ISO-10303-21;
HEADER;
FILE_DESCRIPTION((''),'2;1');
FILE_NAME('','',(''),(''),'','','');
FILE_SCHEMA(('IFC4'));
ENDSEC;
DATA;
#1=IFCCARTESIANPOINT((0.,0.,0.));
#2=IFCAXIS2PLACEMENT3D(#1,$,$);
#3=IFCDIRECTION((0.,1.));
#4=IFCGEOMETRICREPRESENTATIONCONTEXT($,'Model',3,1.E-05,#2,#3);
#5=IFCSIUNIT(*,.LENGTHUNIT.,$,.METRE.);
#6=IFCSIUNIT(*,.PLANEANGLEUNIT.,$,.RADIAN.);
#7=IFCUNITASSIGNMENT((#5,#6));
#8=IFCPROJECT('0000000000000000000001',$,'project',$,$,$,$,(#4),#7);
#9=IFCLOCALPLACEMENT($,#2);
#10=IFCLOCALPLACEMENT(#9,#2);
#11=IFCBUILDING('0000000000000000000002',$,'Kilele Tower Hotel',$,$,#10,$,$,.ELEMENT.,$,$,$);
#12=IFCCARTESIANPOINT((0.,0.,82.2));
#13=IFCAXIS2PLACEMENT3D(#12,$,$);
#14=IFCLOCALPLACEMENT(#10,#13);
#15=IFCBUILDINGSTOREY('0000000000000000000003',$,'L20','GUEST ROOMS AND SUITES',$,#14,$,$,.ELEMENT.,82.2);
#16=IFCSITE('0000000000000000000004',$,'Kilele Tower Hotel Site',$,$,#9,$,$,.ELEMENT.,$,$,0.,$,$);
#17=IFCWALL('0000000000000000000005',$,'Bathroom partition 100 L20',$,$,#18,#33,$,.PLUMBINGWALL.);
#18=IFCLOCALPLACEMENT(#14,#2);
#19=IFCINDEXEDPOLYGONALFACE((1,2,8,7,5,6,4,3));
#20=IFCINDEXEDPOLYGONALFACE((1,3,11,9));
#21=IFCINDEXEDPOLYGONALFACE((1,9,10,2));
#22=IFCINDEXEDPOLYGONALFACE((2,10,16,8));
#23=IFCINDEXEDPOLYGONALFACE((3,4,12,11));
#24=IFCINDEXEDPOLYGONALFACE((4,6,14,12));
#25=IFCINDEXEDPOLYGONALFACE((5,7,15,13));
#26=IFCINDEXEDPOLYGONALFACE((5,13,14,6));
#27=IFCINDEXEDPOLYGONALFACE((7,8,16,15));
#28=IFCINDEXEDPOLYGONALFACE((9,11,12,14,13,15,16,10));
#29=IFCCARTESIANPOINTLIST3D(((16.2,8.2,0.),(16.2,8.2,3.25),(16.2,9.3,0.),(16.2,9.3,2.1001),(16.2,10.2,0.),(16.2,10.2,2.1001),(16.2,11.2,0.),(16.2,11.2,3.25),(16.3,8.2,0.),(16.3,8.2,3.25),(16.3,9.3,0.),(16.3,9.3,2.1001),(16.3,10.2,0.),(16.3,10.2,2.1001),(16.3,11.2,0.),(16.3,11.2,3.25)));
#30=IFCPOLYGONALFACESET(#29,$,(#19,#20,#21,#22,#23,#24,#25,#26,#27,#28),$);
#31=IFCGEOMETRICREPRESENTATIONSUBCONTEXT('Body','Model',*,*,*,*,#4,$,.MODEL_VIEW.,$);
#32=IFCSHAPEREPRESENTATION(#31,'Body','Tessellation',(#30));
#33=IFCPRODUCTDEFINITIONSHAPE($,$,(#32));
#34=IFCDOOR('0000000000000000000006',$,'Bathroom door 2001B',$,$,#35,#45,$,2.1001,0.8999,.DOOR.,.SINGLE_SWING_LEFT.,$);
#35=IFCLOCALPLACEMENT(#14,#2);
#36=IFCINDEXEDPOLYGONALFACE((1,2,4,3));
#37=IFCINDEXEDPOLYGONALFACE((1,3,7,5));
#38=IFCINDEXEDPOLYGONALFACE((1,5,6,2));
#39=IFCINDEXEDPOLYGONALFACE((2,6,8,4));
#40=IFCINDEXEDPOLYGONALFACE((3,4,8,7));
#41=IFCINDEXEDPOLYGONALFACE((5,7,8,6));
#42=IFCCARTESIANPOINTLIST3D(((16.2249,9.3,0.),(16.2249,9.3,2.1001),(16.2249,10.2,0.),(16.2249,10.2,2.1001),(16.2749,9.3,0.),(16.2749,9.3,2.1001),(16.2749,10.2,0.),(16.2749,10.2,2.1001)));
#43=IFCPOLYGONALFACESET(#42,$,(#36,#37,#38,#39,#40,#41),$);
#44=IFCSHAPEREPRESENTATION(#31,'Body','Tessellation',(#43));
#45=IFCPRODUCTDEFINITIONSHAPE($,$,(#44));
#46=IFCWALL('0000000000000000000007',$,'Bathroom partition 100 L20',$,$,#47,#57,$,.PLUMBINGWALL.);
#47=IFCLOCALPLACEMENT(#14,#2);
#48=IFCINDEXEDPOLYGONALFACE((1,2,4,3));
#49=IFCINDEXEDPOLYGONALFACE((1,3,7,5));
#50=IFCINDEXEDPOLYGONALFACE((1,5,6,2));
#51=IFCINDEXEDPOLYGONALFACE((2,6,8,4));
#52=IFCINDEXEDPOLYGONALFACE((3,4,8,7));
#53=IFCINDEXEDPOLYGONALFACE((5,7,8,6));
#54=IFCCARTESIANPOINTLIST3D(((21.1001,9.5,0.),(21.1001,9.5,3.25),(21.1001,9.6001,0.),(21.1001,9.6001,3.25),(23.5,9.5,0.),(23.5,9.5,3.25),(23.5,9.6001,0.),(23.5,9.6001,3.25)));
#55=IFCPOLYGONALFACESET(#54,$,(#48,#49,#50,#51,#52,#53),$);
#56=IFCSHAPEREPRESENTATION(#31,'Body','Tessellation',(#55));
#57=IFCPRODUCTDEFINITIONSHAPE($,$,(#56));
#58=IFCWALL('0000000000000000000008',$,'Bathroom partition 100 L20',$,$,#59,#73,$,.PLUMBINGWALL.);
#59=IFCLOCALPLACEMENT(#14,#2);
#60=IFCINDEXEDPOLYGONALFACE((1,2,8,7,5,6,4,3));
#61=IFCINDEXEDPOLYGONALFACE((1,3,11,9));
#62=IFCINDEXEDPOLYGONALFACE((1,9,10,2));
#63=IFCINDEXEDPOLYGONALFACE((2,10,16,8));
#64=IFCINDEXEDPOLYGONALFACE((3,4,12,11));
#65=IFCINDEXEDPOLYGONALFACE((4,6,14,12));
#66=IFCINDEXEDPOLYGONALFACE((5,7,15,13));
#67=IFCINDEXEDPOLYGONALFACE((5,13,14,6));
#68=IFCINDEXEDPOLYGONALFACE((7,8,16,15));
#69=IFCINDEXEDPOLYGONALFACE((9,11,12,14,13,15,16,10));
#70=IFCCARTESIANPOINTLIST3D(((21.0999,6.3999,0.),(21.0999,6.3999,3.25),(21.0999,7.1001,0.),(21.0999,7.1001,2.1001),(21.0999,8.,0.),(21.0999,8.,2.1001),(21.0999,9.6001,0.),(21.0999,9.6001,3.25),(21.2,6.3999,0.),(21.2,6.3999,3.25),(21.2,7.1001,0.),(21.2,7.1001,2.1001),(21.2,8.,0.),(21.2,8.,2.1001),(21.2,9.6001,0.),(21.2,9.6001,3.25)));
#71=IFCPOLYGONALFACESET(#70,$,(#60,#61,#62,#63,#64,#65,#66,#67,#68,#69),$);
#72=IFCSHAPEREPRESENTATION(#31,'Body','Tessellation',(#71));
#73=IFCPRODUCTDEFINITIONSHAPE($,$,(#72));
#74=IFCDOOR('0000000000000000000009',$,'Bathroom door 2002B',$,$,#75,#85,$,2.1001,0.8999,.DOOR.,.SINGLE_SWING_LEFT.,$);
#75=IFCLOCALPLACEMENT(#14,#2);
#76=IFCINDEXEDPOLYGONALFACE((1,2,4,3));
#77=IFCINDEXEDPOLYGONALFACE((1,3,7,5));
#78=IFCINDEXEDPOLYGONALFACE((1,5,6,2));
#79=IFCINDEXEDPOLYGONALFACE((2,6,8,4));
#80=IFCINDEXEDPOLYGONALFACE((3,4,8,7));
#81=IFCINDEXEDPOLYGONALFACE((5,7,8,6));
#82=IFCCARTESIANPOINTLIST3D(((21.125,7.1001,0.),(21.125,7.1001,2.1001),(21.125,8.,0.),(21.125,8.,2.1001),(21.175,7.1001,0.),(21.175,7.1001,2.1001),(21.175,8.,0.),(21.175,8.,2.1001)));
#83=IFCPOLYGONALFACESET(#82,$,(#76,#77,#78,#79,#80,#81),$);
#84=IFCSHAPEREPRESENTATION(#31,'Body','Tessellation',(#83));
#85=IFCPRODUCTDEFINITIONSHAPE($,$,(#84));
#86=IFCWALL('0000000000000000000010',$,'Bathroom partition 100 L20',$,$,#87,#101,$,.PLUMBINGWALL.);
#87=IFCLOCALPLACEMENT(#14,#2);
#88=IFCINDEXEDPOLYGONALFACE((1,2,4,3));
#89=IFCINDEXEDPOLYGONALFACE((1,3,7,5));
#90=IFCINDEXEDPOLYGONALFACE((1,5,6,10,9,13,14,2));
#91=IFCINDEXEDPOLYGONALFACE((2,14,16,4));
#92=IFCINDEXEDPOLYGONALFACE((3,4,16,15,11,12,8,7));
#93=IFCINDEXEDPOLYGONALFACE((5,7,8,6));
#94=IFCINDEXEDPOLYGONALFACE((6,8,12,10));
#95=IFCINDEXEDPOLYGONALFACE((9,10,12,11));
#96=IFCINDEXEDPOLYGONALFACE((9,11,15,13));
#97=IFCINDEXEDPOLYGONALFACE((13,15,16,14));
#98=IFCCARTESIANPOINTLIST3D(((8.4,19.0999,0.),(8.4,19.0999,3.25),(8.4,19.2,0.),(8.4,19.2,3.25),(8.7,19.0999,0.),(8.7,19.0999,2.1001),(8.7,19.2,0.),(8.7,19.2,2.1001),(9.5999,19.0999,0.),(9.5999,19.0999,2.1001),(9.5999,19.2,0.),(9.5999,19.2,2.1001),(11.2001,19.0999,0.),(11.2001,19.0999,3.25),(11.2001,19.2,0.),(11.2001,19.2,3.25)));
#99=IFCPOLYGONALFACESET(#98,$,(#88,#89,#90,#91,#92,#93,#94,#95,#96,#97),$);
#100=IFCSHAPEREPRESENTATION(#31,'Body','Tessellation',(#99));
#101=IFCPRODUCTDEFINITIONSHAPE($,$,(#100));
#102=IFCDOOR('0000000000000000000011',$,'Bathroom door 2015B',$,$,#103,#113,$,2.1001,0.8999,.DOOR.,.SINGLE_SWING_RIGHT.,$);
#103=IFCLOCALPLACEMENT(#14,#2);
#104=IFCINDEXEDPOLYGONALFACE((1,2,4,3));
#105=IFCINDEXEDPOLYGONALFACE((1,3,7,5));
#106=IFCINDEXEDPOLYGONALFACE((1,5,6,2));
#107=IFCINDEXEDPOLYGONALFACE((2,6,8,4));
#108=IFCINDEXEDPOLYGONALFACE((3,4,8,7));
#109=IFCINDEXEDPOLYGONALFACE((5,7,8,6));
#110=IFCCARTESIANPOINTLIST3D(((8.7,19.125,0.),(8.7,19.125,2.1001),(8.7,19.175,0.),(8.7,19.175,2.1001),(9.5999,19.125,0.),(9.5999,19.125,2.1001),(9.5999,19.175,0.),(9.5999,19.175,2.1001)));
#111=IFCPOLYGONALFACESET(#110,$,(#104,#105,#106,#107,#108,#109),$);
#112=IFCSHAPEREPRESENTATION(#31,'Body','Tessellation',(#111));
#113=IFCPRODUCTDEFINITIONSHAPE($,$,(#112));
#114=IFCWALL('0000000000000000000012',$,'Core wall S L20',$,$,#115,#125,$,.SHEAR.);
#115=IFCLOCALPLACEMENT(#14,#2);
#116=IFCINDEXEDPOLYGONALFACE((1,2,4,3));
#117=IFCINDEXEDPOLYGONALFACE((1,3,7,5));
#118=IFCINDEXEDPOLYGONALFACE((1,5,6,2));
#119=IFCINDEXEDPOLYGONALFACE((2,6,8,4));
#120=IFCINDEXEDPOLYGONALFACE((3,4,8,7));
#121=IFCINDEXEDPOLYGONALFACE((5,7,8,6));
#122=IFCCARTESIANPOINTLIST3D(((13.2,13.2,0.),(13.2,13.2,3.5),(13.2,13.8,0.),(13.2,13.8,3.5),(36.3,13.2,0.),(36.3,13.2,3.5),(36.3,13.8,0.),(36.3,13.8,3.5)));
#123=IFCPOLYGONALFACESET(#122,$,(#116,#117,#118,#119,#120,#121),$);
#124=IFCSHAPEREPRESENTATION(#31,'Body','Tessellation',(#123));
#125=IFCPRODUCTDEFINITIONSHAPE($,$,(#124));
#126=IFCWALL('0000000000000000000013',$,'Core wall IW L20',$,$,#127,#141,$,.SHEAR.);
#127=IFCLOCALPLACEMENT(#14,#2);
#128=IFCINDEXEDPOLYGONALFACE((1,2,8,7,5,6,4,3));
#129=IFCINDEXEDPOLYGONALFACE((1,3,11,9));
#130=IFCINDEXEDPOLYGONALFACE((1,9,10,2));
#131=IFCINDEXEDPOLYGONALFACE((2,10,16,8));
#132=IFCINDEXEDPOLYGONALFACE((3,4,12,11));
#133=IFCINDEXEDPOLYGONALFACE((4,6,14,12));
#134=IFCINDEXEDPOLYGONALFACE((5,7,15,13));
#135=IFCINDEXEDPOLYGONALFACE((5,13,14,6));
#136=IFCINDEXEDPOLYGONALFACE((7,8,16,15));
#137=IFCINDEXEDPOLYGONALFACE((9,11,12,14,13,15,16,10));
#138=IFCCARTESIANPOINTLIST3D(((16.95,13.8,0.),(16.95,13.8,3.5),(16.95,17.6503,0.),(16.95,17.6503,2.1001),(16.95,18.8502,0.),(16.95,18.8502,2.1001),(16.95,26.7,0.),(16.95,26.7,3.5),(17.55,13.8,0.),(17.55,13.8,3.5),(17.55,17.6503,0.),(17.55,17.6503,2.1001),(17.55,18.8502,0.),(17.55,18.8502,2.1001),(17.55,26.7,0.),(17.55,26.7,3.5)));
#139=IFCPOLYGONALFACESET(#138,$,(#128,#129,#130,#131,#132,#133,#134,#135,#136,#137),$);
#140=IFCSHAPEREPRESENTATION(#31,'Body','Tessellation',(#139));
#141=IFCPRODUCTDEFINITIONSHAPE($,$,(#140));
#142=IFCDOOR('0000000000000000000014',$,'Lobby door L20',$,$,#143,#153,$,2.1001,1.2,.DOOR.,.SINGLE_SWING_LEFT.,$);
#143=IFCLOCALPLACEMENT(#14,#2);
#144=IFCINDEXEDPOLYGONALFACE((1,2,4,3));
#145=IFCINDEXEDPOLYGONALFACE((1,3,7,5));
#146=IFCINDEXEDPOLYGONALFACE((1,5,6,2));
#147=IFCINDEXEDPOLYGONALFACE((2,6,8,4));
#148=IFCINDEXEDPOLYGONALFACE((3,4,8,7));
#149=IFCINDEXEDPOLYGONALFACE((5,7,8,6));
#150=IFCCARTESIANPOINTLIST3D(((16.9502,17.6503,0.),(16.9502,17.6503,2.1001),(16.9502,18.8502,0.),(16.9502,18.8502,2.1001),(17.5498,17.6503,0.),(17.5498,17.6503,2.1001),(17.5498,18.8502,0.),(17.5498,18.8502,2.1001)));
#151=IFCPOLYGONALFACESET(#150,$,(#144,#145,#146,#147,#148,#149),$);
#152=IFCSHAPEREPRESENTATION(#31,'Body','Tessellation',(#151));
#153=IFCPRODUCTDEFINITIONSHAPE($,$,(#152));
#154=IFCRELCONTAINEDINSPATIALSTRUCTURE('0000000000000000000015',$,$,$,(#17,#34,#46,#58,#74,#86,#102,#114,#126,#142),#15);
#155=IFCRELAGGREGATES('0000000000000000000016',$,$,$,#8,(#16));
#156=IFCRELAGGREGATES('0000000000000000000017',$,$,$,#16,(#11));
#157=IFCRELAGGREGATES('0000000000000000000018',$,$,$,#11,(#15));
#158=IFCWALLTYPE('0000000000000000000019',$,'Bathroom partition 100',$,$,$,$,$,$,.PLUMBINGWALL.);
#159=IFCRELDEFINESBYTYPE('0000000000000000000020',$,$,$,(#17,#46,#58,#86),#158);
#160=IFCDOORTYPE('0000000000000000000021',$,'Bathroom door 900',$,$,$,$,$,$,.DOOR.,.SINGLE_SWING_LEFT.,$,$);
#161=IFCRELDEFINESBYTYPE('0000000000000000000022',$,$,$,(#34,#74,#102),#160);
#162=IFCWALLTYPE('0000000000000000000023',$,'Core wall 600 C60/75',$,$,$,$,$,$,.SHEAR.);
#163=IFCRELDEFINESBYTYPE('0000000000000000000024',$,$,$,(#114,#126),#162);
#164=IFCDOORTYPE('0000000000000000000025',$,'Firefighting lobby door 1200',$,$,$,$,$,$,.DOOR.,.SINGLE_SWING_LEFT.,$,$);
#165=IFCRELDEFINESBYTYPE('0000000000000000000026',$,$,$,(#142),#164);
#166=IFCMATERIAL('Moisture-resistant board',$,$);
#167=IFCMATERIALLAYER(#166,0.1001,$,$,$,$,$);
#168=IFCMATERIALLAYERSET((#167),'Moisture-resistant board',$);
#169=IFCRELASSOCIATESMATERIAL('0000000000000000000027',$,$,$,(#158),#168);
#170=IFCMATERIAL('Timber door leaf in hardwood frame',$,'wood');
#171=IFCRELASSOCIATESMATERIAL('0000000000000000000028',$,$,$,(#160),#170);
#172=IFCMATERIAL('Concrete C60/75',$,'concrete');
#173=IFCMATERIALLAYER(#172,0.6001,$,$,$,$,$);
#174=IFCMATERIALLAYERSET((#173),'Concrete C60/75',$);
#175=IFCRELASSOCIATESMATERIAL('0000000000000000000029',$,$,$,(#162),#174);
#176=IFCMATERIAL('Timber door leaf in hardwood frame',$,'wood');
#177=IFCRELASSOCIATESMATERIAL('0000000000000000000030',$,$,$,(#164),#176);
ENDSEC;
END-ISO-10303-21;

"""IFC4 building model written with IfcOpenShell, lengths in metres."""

from ifc_helpers import new_model, si_unit, direction, frame, frame_2d, origin, place, context, subcontext, project, spatial, rectangle, extrude, material, layer, layer_set, type_object, element, fill, save


model = new_model("IFC4")

# Units and contexts
model_context = context("Model", 3, precision=1e-05, world=origin(), true_north=direction((0.0, 1.0)))
body_context = subcontext(model_context, "Body", "Model", "MODEL_VIEW")
ifc_project = project(units=[si_unit("LENGTHUNIT", "METRE"), si_unit("PLANEANGLEUNIT", "RADIAN")], contexts=[model_context])

# Site, building, storey
site_placement = place(None, origin())
site = spatial("IfcSite", under=ifc_project, at=site_placement, Name="Kilele Tower Hotel Site", CompositionType="ELEMENT", RefElevation=0.0)
building_placement = place(site_placement, origin())
building = spatial("IfcBuilding", under=site, at=building_placement, Name="Kilele Tower Hotel", CompositionType="ELEMENT")
storey_placement = place(building_placement, frame((0.0, 0.0, 82.2)))
storey = spatial("IfcBuildingStorey", under=building, at=storey_placement, Name="L20", Description="GUEST ROOMS AND SUITES", CompositionType="ELEMENT", Elevation=82.2)

# Wall, opening, door
ifc_material_1 = material(Name="Moisture-resistant board")
ifc_layer_1 = layer(ifc_material_1, 0.1001)
ifc_layer_set_1 = layer_set([ifc_layer_1], Name="Moisture-resistant board")
wall_type_1 = type_object("IfcWallType", Name="Bathroom partition 100", PredefinedType="PLUMBINGWALL", material=ifc_layer_set_1)
wall_1_placement = place(storey_placement, frame((16.25, 11.2, 0.0), z_axis=(0.0, 0.0, 1.0), x_axis=(0.0, -1.0, 0.0)))
wall_1 = element("IfcWall", 1, at=wall_1_placement, inside=storey, type_object=wall_type_1, Name="Bathroom partition 100 L20", PredefinedType="PLUMBINGWALL", context=body_context, shape_type="SweptSolid", body=[
    extrude(rectangle(XDim=3.0, YDim=0.1001, at=frame_2d((1.5, 0.0))), origin(), (0.0, 0.0, 1.0), 3.25),
])
opening_1_placement = place(wall_1_placement, frame((1.0, 0.0, 0.0)))
opening_1 = element("IfcOpeningElement", 2, at=opening_1_placement, cuts=wall_1, PredefinedType="OPENING", context=body_context, shape_type="SweptSolid", body=[
    extrude(rectangle(XDim=0.8999, YDim=2.1001, at=frame_2d((0.45, 1.05))), frame((0.0, 0.0601, 0.0), z_axis=(0.0, -1.0, 0.0), x_axis=(1.0, 0.0, 0.0)), (0.0, 0.0, 1.0), 0.1201),
])
ifc_material_2 = material(Name="Timber door leaf in hardwood frame", Category="wood")
door_type_1 = type_object("IfcDoorType", Name="Bathroom door 900", OperationType="SINGLE_SWING_LEFT", PredefinedType="DOOR", material=ifc_material_2)
door_1_placement = place(opening_1_placement, origin())
door_1 = element("IfcDoor", 3, at=door_1_placement, inside=storey, type_object=door_type_1, Name="Bathroom door 2001B", OperationType="SINGLE_SWING_LEFT", OverallHeight=2.1001, OverallWidth=0.8999, PredefinedType="DOOR", context=body_context, shape_type="SweptSolid", body=[
    extrude(rectangle(XDim=0.8999, YDim=2.1001, at=frame_2d((0.45, 1.05))), frame((0.0, 0.0249, 0.0), z_axis=(0.0, -1.0, 0.0), x_axis=(1.0, 0.0, 0.0)), (0.0, 0.0, 1.0), 0.05),
])
fill(opening_1, door_1)

# Wall
wall_2_placement = place(storey_placement, frame((21.1001, 9.55, 0.0), z_axis=(0.0, 0.0, 1.0), x_axis=(1.0, 0.0, 0.0)))
element("IfcWall", 4, at=wall_2_placement, inside=storey, type_object=wall_type_1, Name="Bathroom partition 100 L20", PredefinedType="PLUMBINGWALL", context=body_context, shape_type="SweptSolid", body=[
    extrude(rectangle(XDim=2.3999, YDim=0.1001, at=frame_2d((1.2, 0.0))), origin(), (0.0, 0.0, 1.0), 3.25),
])

# Walls, openings, doors
wall_3_placement = place(storey_placement, frame((21.1499, 9.6001, 0.0), z_axis=(0.0, 0.0, 1.0), x_axis=(0.0, -1.0, 0.0)))
wall_3 = element("IfcWall", 5, at=wall_3_placement, inside=storey, type_object=wall_type_1, Name="Bathroom partition 100 L20", PredefinedType="PLUMBINGWALL", context=body_context, shape_type="SweptSolid", body=[
    extrude(rectangle(XDim=3.2002, YDim=0.1001, at=frame_2d((1.6001, 0.0))), origin(), (0.0, 0.0, 1.0), 3.25),
])
opening_2_placement = place(wall_3_placement, frame((2.5, 0.0, 0.0), z_axis=(0.0, 0.0, 1.0), x_axis=(-1.0, 0.0, 0.0)))
opening_2 = element("IfcOpeningElement", 6, at=opening_2_placement, cuts=wall_3, PredefinedType="OPENING", context=body_context, shape_type="SweptSolid", body=[
    extrude(rectangle(XDim=0.8999, YDim=2.1001, at=frame_2d((0.45, 1.05))), frame((0.0, 0.0601, 0.0), z_axis=(0.0, -1.0, 0.0), x_axis=(1.0, 0.0, 0.0)), (0.0, 0.0, 1.0), 0.1201),
])
door_2_placement = place(opening_2_placement, origin())
door_2 = element("IfcDoor", 7, at=door_2_placement, inside=storey, type_object=door_type_1, Name="Bathroom door 2002B", OperationType="SINGLE_SWING_LEFT", OverallHeight=2.1001, OverallWidth=0.8999, PredefinedType="DOOR", context=body_context, shape_type="SweptSolid", body=[
    extrude(rectangle(XDim=0.8999, YDim=2.1001, at=frame_2d((0.45, 1.05))), frame((0.0, 0.0249, 0.0), z_axis=(0.0, -1.0, 0.0), x_axis=(1.0, 0.0, 0.0)), (0.0, 0.0, 1.0), 0.05),
])
fill(opening_2, door_2)
wall_4_placement = place(storey_placement, frame((11.2, 19.1499, 0.0), z_axis=(0.0, 0.0, 1.0), x_axis=(-1.0, 0.0, 0.0)))
wall_4 = element("IfcWall", 8, at=wall_4_placement, inside=storey, type_object=wall_type_1, Name="Bathroom partition 100 L20", PredefinedType="PLUMBINGWALL", context=body_context, shape_type="SweptSolid", body=[
    extrude(rectangle(XDim=2.8, YDim=0.1001, at=frame_2d((1.3999, 0.0))), origin(), (0.0, 0.0, 1.0), 3.25),
])
opening_3_placement = place(wall_4_placement, frame((1.6001, 0.0, 0.0)))
opening_3 = element("IfcOpeningElement", 9, at=opening_3_placement, cuts=wall_4, PredefinedType="OPENING", context=body_context, shape_type="SweptSolid", body=[
    extrude(rectangle(XDim=0.8999, YDim=2.1001, at=frame_2d((0.45, 1.05))), frame((0.0, 0.0601, 0.0), z_axis=(0.0, -1.0, 0.0), x_axis=(1.0, 0.0, 0.0)), (0.0, 0.0, 1.0), 0.1201),
])
door_3_placement = place(opening_3_placement, origin())
door_3 = element("IfcDoor", 10, at=door_3_placement, inside=storey, type_object=door_type_1, Name="Bathroom door 2015B", OperationType="SINGLE_SWING_RIGHT", OverallHeight=2.1001, OverallWidth=0.8999, PredefinedType="DOOR", context=body_context, shape_type="SweptSolid", body=[
    extrude(rectangle(XDim=0.8999, YDim=2.1001, at=frame_2d((0.45, 1.05))), frame((0.0, 0.0249, 0.0), z_axis=(0.0, -1.0, 0.0), x_axis=(1.0, 0.0, 0.0)), (0.0, 0.0, 1.0), 0.05),
])
fill(opening_3, door_3)

# Wall
ifc_material_3 = material(Name="Concrete C60/75", Category="concrete")
ifc_layer_2 = layer(ifc_material_3, 0.6001)
ifc_layer_set_2 = layer_set([ifc_layer_2], Name="Concrete C60/75")
wall_type_2 = type_object("IfcWallType", Name="Core wall 600 C60/75", PredefinedType="SHEAR", material=ifc_layer_set_2)
wall_5_placement = place(storey_placement, frame((13.2, 13.5, 0.0), z_axis=(0.0, 0.0, 1.0), x_axis=(1.0, 0.0, 0.0)))
element("IfcWall", 11, at=wall_5_placement, inside=storey, type_object=wall_type_2, Name="Core wall S L20", PredefinedType="SHEAR", context=body_context, shape_type="SweptSolid", body=[
    extrude(rectangle(XDim=23.1001, YDim=0.6001, at=frame_2d((11.55, 0.0))), origin(), (0.0, 0.0, 1.0), 3.5),
])

# Wall, opening, door
wall_6_placement = place(storey_placement, frame((17.25, 13.8, 0.0), z_axis=(0.0, 0.0, 1.0), x_axis=(0.0, 1.0, 0.0)))
wall_6 = element("IfcWall", 12, at=wall_6_placement, inside=storey, type_object=wall_type_2, Name="Core wall IW L20", PredefinedType="SHEAR", context=body_context, shape_type="SweptSolid", body=[
    extrude(rectangle(XDim=12.8999, YDim=0.6001, at=frame_2d((6.45, 0.0))), origin(), (0.0, 0.0, 1.0), 3.5),
])
opening_4_placement = place(wall_6_placement, frame((3.8501, 0.0, 0.0)))
opening_4 = element("IfcOpeningElement", 13, at=opening_4_placement, cuts=wall_6, PredefinedType="OPENING", context=body_context, shape_type="SweptSolid", body=[
    extrude(rectangle(XDim=1.2, YDim=2.1001, at=frame_2d((0.6001, 1.05))), frame((0.0, 0.3101, 0.0), z_axis=(0.0, -1.0, 0.0), x_axis=(1.0, 0.0, 0.0)), (0.0, 0.0, 1.0), 0.6201),
])
ifc_material_4 = material(Name="Timber door leaf in hardwood frame", Category="wood")
door_type_2 = type_object("IfcDoorType", Name="Firefighting lobby door 1200", OperationType="SINGLE_SWING_LEFT", PredefinedType="DOOR", material=ifc_material_4)
door_4_placement = place(opening_4_placement, origin())
door_4 = element("IfcDoor", 14, at=door_4_placement, inside=storey, type_object=door_type_2, Name="Lobby door L20", OperationType="SINGLE_SWING_LEFT", OverallHeight=2.1001, OverallWidth=1.2, PredefinedType="DOOR", context=body_context, shape_type="SweptSolid", body=[
    extrude(rectangle(XDim=1.2, YDim=2.1001, at=frame_2d((0.6001, 1.05))), frame((0.0, 0.2998, 0.0), z_axis=(0.0, -1.0, 0.0), x_axis=(1.0, 0.0, 0.0)), (0.0, 0.0, 1.0), 0.5996),
])
fill(opening_4, door_4)

save(model, "model.ifc")
